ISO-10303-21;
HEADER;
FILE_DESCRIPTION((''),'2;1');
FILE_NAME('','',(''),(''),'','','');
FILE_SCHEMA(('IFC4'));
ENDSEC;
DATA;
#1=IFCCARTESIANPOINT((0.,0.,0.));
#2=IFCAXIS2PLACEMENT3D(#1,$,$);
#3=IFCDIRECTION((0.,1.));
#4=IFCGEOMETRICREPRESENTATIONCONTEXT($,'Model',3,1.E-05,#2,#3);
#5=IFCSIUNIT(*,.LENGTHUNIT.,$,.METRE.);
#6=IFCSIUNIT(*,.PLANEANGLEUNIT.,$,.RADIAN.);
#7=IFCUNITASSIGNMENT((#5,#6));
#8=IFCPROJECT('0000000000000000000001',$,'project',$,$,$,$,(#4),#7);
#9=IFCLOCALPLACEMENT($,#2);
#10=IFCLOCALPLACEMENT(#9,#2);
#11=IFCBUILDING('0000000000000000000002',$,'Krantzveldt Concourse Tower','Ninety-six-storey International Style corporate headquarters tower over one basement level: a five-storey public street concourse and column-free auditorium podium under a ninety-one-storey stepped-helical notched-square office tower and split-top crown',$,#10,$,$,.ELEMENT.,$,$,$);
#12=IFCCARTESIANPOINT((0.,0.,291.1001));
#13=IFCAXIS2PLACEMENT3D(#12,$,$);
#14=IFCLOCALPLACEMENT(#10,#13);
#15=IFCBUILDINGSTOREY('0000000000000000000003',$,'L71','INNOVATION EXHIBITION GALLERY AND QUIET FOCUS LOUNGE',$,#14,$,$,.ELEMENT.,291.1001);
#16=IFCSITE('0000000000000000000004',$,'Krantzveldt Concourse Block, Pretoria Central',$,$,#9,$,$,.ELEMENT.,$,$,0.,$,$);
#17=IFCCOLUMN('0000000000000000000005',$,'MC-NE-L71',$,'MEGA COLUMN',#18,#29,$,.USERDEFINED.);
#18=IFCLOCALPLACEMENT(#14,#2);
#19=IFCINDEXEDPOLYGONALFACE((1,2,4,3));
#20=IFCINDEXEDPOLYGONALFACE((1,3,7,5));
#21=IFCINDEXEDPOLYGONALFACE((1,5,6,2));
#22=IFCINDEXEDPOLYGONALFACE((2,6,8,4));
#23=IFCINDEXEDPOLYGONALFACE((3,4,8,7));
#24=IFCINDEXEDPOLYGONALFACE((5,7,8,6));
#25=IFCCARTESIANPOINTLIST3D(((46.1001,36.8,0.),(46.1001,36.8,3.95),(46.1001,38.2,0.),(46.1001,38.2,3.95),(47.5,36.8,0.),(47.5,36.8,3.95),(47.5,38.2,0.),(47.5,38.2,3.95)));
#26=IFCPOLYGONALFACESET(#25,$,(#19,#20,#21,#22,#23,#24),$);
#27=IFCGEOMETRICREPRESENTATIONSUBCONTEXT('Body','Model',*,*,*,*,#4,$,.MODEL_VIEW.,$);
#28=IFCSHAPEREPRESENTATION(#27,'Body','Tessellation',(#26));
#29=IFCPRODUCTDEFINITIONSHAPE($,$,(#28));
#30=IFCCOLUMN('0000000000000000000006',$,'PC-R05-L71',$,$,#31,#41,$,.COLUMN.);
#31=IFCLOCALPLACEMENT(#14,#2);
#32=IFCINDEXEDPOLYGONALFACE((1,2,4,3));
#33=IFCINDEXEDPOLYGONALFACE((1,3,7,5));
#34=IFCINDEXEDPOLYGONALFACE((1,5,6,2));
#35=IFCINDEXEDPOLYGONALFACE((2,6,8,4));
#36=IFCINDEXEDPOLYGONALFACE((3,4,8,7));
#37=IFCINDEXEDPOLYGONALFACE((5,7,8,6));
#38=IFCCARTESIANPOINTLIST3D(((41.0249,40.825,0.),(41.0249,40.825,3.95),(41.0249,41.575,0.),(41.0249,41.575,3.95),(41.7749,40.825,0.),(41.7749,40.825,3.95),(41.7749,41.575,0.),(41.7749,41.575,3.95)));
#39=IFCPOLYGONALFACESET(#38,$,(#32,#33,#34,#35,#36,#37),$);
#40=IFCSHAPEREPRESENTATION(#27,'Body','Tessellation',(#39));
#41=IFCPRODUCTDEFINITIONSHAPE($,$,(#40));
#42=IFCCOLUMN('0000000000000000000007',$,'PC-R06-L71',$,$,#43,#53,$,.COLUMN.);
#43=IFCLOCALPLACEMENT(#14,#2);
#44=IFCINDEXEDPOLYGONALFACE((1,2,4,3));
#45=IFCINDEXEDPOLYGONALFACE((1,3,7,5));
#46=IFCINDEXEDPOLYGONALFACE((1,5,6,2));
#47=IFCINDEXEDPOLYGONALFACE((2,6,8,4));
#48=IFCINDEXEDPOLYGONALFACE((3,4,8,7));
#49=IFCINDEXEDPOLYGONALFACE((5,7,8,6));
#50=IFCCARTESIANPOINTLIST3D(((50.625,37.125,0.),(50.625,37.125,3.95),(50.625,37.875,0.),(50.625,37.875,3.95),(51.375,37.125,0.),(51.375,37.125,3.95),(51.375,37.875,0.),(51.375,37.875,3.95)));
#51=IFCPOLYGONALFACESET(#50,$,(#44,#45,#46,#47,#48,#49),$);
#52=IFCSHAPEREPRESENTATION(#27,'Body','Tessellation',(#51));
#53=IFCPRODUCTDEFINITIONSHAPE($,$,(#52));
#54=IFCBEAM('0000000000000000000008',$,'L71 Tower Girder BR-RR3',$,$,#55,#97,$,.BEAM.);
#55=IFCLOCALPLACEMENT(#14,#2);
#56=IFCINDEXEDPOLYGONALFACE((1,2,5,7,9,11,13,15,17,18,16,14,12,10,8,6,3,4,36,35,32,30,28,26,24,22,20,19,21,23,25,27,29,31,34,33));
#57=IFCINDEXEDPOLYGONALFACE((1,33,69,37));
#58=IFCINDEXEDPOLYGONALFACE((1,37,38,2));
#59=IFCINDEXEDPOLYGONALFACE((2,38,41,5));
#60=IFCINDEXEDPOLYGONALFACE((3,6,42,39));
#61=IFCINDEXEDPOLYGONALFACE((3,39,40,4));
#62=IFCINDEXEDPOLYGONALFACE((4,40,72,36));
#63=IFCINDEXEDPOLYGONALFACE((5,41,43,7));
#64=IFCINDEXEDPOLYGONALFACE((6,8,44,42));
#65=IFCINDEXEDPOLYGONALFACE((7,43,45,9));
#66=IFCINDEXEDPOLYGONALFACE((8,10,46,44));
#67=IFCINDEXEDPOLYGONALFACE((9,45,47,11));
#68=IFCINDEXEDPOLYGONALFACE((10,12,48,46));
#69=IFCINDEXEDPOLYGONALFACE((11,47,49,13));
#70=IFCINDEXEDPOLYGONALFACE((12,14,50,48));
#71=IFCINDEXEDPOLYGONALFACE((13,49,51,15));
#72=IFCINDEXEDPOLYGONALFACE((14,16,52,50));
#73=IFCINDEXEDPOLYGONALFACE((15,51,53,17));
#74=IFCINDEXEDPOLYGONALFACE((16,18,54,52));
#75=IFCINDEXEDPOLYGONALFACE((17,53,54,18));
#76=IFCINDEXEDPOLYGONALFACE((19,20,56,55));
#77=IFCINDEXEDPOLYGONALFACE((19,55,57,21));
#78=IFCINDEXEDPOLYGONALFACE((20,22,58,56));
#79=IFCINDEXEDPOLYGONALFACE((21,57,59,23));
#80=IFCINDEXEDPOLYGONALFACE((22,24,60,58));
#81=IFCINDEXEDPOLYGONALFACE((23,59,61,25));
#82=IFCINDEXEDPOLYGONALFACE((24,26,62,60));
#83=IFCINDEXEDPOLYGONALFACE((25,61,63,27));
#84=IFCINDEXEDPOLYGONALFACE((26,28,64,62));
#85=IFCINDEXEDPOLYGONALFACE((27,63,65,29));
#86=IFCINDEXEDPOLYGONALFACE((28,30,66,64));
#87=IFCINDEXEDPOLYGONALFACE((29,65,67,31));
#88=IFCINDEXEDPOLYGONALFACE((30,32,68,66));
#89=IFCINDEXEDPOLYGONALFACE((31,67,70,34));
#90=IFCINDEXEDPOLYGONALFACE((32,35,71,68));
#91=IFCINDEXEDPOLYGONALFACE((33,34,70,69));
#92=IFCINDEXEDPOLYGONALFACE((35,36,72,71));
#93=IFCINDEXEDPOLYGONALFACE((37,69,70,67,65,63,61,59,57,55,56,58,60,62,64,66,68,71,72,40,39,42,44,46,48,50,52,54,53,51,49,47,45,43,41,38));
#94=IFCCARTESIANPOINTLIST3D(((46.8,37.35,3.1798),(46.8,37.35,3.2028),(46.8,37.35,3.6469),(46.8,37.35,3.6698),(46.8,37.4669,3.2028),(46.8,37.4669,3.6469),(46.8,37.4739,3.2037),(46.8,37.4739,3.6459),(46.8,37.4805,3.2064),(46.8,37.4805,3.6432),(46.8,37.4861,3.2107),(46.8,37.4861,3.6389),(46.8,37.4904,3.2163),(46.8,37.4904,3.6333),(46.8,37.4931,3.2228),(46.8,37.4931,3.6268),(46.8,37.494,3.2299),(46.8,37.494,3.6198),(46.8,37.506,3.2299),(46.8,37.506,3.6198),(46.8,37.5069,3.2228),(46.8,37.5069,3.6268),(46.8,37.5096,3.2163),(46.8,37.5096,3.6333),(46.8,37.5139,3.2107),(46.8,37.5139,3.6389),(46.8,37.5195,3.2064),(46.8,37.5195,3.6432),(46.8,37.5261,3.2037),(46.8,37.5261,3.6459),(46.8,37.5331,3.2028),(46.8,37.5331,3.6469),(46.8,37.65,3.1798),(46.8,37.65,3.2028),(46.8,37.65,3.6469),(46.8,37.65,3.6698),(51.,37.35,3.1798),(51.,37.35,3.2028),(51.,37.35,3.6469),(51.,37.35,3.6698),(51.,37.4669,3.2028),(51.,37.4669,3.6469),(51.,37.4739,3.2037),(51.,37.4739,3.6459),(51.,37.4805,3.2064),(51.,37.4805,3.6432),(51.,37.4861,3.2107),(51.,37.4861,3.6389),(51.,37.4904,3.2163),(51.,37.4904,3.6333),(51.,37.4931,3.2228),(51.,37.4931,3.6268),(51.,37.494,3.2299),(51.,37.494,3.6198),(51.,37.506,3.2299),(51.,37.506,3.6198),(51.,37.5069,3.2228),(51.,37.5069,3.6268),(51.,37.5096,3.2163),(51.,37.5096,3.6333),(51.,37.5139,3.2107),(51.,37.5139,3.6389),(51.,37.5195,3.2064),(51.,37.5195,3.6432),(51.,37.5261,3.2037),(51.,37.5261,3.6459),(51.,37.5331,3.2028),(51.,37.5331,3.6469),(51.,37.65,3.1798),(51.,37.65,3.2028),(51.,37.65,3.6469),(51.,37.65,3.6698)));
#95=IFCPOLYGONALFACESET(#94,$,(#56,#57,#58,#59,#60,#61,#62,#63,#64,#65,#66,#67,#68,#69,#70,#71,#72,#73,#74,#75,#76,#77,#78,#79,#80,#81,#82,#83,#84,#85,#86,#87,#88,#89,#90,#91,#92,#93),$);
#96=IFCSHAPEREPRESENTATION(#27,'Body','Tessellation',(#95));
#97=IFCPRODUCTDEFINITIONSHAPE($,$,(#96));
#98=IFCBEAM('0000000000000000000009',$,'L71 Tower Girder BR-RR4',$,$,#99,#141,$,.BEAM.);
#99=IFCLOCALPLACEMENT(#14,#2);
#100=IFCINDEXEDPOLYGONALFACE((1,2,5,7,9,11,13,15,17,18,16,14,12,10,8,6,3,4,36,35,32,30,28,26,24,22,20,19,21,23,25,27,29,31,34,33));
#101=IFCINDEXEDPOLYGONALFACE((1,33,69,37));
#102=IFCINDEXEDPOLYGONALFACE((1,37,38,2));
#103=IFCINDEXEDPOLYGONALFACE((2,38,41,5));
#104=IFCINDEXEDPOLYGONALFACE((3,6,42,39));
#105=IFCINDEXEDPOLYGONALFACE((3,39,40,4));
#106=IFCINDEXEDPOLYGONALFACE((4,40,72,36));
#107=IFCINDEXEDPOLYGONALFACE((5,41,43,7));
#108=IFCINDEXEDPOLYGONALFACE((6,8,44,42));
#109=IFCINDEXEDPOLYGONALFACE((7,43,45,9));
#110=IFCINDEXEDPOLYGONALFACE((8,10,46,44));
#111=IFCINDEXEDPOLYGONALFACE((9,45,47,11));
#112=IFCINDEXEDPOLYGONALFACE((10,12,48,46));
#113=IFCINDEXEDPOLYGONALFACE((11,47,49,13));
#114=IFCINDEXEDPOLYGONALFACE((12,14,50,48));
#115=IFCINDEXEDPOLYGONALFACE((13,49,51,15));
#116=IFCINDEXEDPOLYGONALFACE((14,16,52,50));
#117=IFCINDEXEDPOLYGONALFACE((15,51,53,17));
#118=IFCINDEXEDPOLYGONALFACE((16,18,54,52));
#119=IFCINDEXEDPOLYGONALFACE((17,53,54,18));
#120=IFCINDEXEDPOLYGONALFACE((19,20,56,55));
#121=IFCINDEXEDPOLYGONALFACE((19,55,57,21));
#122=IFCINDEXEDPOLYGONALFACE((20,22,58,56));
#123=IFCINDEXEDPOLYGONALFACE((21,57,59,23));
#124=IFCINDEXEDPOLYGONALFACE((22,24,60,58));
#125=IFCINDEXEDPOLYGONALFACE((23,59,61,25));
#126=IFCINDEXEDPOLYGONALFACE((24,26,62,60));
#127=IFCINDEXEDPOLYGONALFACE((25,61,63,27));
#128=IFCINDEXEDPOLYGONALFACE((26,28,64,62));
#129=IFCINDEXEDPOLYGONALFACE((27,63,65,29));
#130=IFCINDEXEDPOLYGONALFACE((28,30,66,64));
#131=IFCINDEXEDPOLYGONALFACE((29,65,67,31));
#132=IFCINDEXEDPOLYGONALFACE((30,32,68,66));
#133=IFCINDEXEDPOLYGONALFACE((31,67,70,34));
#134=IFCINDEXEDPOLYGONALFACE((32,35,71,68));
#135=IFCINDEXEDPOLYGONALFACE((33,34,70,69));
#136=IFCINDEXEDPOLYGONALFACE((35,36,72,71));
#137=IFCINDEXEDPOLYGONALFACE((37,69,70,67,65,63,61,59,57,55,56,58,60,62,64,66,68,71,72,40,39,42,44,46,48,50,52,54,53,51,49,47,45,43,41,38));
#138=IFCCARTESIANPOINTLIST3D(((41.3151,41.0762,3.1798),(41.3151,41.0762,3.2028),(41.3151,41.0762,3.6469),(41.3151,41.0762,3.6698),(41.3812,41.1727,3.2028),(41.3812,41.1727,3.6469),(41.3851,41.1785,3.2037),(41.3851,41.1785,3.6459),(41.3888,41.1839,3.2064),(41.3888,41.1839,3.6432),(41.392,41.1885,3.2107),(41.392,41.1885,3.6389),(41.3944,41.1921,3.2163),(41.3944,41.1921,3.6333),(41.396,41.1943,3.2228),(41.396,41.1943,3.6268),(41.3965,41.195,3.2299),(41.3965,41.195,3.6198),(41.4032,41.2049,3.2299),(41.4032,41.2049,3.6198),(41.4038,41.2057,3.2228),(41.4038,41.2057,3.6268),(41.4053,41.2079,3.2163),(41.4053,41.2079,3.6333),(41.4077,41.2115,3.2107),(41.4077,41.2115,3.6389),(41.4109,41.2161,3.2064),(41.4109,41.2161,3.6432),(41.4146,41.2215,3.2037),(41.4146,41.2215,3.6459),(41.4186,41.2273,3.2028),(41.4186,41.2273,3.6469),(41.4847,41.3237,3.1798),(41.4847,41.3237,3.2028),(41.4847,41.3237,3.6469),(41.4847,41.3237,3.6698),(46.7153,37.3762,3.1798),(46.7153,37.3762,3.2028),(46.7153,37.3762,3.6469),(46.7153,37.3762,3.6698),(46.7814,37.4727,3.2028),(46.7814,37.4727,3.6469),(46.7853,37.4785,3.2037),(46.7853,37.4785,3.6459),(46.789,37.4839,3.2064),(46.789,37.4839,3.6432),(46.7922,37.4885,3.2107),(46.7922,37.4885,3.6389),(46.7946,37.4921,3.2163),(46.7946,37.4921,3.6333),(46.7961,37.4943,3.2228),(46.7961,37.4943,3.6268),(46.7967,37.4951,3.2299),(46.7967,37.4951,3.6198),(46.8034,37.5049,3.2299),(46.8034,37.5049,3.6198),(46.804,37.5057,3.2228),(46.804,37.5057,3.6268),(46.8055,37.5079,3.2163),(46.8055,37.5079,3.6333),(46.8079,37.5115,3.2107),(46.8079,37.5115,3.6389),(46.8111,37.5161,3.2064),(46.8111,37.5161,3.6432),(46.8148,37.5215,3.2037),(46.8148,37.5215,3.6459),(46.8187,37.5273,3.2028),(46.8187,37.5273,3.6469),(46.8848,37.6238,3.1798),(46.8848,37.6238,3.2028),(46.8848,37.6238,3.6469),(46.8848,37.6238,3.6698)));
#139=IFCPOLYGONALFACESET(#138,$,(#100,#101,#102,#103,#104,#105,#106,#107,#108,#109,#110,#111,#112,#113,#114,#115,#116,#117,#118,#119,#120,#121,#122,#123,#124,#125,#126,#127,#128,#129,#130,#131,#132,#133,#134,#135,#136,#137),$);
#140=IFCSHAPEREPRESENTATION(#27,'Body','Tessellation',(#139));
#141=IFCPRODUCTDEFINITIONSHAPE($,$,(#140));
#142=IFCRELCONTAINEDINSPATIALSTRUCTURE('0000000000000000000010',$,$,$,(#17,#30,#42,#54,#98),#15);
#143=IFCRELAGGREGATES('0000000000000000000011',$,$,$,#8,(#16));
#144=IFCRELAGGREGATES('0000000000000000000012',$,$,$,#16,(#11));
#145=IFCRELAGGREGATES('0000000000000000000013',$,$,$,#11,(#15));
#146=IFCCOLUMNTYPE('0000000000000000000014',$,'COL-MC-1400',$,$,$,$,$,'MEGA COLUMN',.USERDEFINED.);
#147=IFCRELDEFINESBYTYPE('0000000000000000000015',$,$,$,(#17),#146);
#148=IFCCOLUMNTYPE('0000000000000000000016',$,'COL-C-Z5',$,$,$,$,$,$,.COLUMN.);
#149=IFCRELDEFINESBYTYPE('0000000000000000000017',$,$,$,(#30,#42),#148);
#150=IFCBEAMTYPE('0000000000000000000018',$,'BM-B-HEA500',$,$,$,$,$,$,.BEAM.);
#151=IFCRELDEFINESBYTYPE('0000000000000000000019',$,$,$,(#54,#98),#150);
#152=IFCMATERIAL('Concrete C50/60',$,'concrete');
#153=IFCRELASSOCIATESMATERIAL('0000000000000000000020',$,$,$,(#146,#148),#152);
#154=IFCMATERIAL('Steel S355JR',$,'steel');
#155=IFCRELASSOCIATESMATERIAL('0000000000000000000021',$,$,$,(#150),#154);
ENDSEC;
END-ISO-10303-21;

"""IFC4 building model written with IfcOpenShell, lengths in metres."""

from ifc_helpers import new_model, si_unit, direction, frame, origin, origin_2d, place, context, subcontext, project, spatial, rectangle, i_section, extrude, source, transform, mapped, material, material_profile, profile_set, type_object, type_shapes, element, save


model = new_model("IFC4")

# Units and contexts
model_context = context("Model", 3, precision=1e-05, world=origin(), true_north=direction((0.0, 1.0)))
body_context = subcontext(model_context, "Body", "Model", "MODEL_VIEW")
ifc_project = project(units=[si_unit("LENGTHUNIT", "METRE"), si_unit("PLANEANGLEUNIT", "RADIAN")], contexts=[model_context])

# Site, building, storey
site_placement = place(None, origin())
site = spatial("IfcSite", under=ifc_project, at=site_placement, Name="Krantzveldt Concourse Block, Pretoria Central", CompositionType="ELEMENT", RefElevation=0.0)
building_placement = place(site_placement, origin())
building = spatial("IfcBuilding", under=site, at=building_placement, Name="Krantzveldt Concourse Tower", Description="Ninety-six-storey International Style corporate headquarters tower over one basement level: a five-storey public street concourse and column-free auditorium podium under a ninety-one-storey stepped-helical notched-square office tower and split-top crown", CompositionType="ELEMENT")
storey_placement = place(building_placement, frame((0.0, 0.0, 291.1001)))
storey = spatial("IfcBuildingStorey", under=building, at=storey_placement, Name="L71", Description="INNOVATION EXHIBITION GALLERY AND QUIET FOCUS LOUNGE", CompositionType="ELEMENT", Elevation=291.1001)

# Columns
ifc_material_1 = material(Name="Concrete C50/60", Category="concrete")
ifc_material_profile_1 = material_profile(ifc_material_1, rectangle(XDim=1.3999, YDim=1.3999, at=origin_2d()), Name="Concrete C50/60", Category="concrete")
ifc_profile_set_1 = profile_set([ifc_material_profile_1], Name="Concrete C50/60 - RC 1400x1400")
column_type_1 = type_object("IfcColumnType", Name="COL-MC-1400", ElementType="MEGA COLUMN", PredefinedType="USERDEFINED", material=ifc_profile_set_1)
shared_shape_1 = source(origin(), body_context, "Body", "SweptSolid", [
    extrude(rectangle(XDim=1.3999, YDim=1.3999, at=origin_2d()), origin(), (0.0, 0.0, 1.0), 3.95),
])
type_shapes(column_type_1, [shared_shape_1])
column_placement = place(storey_placement, frame((46.8, 37.5, 0.0), z_axis=(0.0, 0.0, 1.0), x_axis=(1.0, 0.0, 0.0)))
element("IfcColumn", 1, at=column_placement, inside=storey, type_object=column_type_1, Name="MC-NE-L71", ObjectType="MEGA COLUMN", PredefinedType="USERDEFINED", context=body_context, shape_type="MappedRepresentation", body=[
    mapped(shared_shape_1, transform((0.0, 0.0, 0.0), x_axis=(1.0, 0.0, 0.0), y_axis=(0.0, 1.0, 0.0), z_axis=(0.0, 0.0, 1.0), scale=1.0)),
])
ifc_material_profile_2 = material_profile(ifc_material_1, rectangle(XDim=0.75, YDim=0.75, at=origin_2d()), Name="Concrete C50/60", Category="concrete")
ifc_profile_set_2 = profile_set([ifc_material_profile_2], Name="Concrete C50/60 - RC 750x750")
column_type_2 = type_object("IfcColumnType", Name="COL-C-Z5", PredefinedType="COLUMN", material=ifc_profile_set_2)
shared_shape_2 = source(origin(), body_context, "Body", "SweptSolid", [
    extrude(rectangle(XDim=0.75, YDim=0.75, at=origin_2d()), origin(), (0.0, 0.0, 1.0), 3.95),
])
type_shapes(column_type_2, [shared_shape_2])
for number, where, z_axis, x_axis, name in (
    (2, (41.3999, 41.2, 0.0), (0.0, 0.0, 1.0), (1.0, 0.0, 0.0), "PC-R05-L71"),
    (3, (51.0, 37.5, 0.0), (0.0, 0.0, 1.0), (1.0, 0.0, 0.0), "PC-R06-L71"),
):
    element("IfcColumn", number, at=place(storey_placement, frame(where, z_axis=z_axis, x_axis=x_axis)), inside=storey, type_object=column_type_2, Name=name, PredefinedType="COLUMN", context=body_context, shape_type="MappedRepresentation", body=[
        mapped(shared_shape_2, transform((0.0, 0.0, 0.0), x_axis=(1.0, 0.0, 0.0), y_axis=(0.0, 1.0, 0.0), z_axis=(0.0, 0.0, 1.0), scale=1.0)),
    ])

# Beams
ifc_material_2 = material(Name="Steel S355JR", Category="steel")
ifc_material_profile_3 = material_profile(ifc_material_2, i_section(OverallWidth=0.3, OverallDepth=0.49, WebThickness=0.012, FlangeThickness=0.0229, FilletRadius=0.0271, at=origin_2d()), Name="Steel S355JR", Category="steel")
ifc_profile_set_3 = profile_set([ifc_material_profile_3], Name="Steel S355JR - HEA 500")
beam_type_1 = type_object("IfcBeamType", Name="BM-B-HEA500", PredefinedType="BEAM", material=ifc_profile_set_3)
shared_shape_3 = source(origin(), body_context, "Body", "SweptSolid", [
    extrude(i_section(OverallWidth=0.3, OverallDepth=0.49, WebThickness=0.012, FlangeThickness=0.0229, FilletRadius=0.0271, at=origin_2d()), origin(), (0.0, 0.0, 1.0), 4.2),
])
beam_1_placement = place(storey_placement, frame((46.8, 37.5, 3.4248), z_axis=(1.0, 0.0, 0.0), x_axis=(0.0, 1.0, 0.0)))
element("IfcBeam", 4, at=beam_1_placement, inside=storey, type_object=beam_type_1, Name="L71 Tower Girder BR-RR3", PredefinedType="BEAM", context=body_context, shape_type="MappedRepresentation", body=[
    mapped(shared_shape_3, transform((0.0, 0.0, 0.0), x_axis=(1.0, 0.0, 0.0), y_axis=(0.0, 1.0, 0.0), z_axis=(0.0, 0.0, 1.0), scale=1.0)),
])
shared_shape_4 = source(origin(), body_context, "Body", "SweptSolid", [
    extrude(i_section(OverallWidth=0.3, OverallDepth=0.49, WebThickness=0.012, FlangeThickness=0.0229, FilletRadius=0.0271, at=origin_2d()), origin(), (0.0, 0.0, 1.0), 6.5461),
])
type_shapes(beam_type_1, [shared_shape_3, shared_shape_4])
beam_2_placement = place(storey_placement, frame((46.8, 37.5, 3.4248), z_axis=(-0.824943, 0.565216, 0.0), x_axis=(-0.565216, -0.824943, 0.0)))
element("IfcBeam", 5, at=beam_2_placement, inside=storey, type_object=beam_type_1, Name="L71 Tower Girder BR-RR4", PredefinedType="BEAM", context=body_context, shape_type="MappedRepresentation", body=[
    mapped(shared_shape_4, transform((0.0, 0.0, 0.0), x_axis=(1.0, 0.0, 0.0), y_axis=(0.0, 1.0, 0.0), z_axis=(0.0, 0.0, 1.0), scale=1.0)),
])

save(model, "model.ifc")
